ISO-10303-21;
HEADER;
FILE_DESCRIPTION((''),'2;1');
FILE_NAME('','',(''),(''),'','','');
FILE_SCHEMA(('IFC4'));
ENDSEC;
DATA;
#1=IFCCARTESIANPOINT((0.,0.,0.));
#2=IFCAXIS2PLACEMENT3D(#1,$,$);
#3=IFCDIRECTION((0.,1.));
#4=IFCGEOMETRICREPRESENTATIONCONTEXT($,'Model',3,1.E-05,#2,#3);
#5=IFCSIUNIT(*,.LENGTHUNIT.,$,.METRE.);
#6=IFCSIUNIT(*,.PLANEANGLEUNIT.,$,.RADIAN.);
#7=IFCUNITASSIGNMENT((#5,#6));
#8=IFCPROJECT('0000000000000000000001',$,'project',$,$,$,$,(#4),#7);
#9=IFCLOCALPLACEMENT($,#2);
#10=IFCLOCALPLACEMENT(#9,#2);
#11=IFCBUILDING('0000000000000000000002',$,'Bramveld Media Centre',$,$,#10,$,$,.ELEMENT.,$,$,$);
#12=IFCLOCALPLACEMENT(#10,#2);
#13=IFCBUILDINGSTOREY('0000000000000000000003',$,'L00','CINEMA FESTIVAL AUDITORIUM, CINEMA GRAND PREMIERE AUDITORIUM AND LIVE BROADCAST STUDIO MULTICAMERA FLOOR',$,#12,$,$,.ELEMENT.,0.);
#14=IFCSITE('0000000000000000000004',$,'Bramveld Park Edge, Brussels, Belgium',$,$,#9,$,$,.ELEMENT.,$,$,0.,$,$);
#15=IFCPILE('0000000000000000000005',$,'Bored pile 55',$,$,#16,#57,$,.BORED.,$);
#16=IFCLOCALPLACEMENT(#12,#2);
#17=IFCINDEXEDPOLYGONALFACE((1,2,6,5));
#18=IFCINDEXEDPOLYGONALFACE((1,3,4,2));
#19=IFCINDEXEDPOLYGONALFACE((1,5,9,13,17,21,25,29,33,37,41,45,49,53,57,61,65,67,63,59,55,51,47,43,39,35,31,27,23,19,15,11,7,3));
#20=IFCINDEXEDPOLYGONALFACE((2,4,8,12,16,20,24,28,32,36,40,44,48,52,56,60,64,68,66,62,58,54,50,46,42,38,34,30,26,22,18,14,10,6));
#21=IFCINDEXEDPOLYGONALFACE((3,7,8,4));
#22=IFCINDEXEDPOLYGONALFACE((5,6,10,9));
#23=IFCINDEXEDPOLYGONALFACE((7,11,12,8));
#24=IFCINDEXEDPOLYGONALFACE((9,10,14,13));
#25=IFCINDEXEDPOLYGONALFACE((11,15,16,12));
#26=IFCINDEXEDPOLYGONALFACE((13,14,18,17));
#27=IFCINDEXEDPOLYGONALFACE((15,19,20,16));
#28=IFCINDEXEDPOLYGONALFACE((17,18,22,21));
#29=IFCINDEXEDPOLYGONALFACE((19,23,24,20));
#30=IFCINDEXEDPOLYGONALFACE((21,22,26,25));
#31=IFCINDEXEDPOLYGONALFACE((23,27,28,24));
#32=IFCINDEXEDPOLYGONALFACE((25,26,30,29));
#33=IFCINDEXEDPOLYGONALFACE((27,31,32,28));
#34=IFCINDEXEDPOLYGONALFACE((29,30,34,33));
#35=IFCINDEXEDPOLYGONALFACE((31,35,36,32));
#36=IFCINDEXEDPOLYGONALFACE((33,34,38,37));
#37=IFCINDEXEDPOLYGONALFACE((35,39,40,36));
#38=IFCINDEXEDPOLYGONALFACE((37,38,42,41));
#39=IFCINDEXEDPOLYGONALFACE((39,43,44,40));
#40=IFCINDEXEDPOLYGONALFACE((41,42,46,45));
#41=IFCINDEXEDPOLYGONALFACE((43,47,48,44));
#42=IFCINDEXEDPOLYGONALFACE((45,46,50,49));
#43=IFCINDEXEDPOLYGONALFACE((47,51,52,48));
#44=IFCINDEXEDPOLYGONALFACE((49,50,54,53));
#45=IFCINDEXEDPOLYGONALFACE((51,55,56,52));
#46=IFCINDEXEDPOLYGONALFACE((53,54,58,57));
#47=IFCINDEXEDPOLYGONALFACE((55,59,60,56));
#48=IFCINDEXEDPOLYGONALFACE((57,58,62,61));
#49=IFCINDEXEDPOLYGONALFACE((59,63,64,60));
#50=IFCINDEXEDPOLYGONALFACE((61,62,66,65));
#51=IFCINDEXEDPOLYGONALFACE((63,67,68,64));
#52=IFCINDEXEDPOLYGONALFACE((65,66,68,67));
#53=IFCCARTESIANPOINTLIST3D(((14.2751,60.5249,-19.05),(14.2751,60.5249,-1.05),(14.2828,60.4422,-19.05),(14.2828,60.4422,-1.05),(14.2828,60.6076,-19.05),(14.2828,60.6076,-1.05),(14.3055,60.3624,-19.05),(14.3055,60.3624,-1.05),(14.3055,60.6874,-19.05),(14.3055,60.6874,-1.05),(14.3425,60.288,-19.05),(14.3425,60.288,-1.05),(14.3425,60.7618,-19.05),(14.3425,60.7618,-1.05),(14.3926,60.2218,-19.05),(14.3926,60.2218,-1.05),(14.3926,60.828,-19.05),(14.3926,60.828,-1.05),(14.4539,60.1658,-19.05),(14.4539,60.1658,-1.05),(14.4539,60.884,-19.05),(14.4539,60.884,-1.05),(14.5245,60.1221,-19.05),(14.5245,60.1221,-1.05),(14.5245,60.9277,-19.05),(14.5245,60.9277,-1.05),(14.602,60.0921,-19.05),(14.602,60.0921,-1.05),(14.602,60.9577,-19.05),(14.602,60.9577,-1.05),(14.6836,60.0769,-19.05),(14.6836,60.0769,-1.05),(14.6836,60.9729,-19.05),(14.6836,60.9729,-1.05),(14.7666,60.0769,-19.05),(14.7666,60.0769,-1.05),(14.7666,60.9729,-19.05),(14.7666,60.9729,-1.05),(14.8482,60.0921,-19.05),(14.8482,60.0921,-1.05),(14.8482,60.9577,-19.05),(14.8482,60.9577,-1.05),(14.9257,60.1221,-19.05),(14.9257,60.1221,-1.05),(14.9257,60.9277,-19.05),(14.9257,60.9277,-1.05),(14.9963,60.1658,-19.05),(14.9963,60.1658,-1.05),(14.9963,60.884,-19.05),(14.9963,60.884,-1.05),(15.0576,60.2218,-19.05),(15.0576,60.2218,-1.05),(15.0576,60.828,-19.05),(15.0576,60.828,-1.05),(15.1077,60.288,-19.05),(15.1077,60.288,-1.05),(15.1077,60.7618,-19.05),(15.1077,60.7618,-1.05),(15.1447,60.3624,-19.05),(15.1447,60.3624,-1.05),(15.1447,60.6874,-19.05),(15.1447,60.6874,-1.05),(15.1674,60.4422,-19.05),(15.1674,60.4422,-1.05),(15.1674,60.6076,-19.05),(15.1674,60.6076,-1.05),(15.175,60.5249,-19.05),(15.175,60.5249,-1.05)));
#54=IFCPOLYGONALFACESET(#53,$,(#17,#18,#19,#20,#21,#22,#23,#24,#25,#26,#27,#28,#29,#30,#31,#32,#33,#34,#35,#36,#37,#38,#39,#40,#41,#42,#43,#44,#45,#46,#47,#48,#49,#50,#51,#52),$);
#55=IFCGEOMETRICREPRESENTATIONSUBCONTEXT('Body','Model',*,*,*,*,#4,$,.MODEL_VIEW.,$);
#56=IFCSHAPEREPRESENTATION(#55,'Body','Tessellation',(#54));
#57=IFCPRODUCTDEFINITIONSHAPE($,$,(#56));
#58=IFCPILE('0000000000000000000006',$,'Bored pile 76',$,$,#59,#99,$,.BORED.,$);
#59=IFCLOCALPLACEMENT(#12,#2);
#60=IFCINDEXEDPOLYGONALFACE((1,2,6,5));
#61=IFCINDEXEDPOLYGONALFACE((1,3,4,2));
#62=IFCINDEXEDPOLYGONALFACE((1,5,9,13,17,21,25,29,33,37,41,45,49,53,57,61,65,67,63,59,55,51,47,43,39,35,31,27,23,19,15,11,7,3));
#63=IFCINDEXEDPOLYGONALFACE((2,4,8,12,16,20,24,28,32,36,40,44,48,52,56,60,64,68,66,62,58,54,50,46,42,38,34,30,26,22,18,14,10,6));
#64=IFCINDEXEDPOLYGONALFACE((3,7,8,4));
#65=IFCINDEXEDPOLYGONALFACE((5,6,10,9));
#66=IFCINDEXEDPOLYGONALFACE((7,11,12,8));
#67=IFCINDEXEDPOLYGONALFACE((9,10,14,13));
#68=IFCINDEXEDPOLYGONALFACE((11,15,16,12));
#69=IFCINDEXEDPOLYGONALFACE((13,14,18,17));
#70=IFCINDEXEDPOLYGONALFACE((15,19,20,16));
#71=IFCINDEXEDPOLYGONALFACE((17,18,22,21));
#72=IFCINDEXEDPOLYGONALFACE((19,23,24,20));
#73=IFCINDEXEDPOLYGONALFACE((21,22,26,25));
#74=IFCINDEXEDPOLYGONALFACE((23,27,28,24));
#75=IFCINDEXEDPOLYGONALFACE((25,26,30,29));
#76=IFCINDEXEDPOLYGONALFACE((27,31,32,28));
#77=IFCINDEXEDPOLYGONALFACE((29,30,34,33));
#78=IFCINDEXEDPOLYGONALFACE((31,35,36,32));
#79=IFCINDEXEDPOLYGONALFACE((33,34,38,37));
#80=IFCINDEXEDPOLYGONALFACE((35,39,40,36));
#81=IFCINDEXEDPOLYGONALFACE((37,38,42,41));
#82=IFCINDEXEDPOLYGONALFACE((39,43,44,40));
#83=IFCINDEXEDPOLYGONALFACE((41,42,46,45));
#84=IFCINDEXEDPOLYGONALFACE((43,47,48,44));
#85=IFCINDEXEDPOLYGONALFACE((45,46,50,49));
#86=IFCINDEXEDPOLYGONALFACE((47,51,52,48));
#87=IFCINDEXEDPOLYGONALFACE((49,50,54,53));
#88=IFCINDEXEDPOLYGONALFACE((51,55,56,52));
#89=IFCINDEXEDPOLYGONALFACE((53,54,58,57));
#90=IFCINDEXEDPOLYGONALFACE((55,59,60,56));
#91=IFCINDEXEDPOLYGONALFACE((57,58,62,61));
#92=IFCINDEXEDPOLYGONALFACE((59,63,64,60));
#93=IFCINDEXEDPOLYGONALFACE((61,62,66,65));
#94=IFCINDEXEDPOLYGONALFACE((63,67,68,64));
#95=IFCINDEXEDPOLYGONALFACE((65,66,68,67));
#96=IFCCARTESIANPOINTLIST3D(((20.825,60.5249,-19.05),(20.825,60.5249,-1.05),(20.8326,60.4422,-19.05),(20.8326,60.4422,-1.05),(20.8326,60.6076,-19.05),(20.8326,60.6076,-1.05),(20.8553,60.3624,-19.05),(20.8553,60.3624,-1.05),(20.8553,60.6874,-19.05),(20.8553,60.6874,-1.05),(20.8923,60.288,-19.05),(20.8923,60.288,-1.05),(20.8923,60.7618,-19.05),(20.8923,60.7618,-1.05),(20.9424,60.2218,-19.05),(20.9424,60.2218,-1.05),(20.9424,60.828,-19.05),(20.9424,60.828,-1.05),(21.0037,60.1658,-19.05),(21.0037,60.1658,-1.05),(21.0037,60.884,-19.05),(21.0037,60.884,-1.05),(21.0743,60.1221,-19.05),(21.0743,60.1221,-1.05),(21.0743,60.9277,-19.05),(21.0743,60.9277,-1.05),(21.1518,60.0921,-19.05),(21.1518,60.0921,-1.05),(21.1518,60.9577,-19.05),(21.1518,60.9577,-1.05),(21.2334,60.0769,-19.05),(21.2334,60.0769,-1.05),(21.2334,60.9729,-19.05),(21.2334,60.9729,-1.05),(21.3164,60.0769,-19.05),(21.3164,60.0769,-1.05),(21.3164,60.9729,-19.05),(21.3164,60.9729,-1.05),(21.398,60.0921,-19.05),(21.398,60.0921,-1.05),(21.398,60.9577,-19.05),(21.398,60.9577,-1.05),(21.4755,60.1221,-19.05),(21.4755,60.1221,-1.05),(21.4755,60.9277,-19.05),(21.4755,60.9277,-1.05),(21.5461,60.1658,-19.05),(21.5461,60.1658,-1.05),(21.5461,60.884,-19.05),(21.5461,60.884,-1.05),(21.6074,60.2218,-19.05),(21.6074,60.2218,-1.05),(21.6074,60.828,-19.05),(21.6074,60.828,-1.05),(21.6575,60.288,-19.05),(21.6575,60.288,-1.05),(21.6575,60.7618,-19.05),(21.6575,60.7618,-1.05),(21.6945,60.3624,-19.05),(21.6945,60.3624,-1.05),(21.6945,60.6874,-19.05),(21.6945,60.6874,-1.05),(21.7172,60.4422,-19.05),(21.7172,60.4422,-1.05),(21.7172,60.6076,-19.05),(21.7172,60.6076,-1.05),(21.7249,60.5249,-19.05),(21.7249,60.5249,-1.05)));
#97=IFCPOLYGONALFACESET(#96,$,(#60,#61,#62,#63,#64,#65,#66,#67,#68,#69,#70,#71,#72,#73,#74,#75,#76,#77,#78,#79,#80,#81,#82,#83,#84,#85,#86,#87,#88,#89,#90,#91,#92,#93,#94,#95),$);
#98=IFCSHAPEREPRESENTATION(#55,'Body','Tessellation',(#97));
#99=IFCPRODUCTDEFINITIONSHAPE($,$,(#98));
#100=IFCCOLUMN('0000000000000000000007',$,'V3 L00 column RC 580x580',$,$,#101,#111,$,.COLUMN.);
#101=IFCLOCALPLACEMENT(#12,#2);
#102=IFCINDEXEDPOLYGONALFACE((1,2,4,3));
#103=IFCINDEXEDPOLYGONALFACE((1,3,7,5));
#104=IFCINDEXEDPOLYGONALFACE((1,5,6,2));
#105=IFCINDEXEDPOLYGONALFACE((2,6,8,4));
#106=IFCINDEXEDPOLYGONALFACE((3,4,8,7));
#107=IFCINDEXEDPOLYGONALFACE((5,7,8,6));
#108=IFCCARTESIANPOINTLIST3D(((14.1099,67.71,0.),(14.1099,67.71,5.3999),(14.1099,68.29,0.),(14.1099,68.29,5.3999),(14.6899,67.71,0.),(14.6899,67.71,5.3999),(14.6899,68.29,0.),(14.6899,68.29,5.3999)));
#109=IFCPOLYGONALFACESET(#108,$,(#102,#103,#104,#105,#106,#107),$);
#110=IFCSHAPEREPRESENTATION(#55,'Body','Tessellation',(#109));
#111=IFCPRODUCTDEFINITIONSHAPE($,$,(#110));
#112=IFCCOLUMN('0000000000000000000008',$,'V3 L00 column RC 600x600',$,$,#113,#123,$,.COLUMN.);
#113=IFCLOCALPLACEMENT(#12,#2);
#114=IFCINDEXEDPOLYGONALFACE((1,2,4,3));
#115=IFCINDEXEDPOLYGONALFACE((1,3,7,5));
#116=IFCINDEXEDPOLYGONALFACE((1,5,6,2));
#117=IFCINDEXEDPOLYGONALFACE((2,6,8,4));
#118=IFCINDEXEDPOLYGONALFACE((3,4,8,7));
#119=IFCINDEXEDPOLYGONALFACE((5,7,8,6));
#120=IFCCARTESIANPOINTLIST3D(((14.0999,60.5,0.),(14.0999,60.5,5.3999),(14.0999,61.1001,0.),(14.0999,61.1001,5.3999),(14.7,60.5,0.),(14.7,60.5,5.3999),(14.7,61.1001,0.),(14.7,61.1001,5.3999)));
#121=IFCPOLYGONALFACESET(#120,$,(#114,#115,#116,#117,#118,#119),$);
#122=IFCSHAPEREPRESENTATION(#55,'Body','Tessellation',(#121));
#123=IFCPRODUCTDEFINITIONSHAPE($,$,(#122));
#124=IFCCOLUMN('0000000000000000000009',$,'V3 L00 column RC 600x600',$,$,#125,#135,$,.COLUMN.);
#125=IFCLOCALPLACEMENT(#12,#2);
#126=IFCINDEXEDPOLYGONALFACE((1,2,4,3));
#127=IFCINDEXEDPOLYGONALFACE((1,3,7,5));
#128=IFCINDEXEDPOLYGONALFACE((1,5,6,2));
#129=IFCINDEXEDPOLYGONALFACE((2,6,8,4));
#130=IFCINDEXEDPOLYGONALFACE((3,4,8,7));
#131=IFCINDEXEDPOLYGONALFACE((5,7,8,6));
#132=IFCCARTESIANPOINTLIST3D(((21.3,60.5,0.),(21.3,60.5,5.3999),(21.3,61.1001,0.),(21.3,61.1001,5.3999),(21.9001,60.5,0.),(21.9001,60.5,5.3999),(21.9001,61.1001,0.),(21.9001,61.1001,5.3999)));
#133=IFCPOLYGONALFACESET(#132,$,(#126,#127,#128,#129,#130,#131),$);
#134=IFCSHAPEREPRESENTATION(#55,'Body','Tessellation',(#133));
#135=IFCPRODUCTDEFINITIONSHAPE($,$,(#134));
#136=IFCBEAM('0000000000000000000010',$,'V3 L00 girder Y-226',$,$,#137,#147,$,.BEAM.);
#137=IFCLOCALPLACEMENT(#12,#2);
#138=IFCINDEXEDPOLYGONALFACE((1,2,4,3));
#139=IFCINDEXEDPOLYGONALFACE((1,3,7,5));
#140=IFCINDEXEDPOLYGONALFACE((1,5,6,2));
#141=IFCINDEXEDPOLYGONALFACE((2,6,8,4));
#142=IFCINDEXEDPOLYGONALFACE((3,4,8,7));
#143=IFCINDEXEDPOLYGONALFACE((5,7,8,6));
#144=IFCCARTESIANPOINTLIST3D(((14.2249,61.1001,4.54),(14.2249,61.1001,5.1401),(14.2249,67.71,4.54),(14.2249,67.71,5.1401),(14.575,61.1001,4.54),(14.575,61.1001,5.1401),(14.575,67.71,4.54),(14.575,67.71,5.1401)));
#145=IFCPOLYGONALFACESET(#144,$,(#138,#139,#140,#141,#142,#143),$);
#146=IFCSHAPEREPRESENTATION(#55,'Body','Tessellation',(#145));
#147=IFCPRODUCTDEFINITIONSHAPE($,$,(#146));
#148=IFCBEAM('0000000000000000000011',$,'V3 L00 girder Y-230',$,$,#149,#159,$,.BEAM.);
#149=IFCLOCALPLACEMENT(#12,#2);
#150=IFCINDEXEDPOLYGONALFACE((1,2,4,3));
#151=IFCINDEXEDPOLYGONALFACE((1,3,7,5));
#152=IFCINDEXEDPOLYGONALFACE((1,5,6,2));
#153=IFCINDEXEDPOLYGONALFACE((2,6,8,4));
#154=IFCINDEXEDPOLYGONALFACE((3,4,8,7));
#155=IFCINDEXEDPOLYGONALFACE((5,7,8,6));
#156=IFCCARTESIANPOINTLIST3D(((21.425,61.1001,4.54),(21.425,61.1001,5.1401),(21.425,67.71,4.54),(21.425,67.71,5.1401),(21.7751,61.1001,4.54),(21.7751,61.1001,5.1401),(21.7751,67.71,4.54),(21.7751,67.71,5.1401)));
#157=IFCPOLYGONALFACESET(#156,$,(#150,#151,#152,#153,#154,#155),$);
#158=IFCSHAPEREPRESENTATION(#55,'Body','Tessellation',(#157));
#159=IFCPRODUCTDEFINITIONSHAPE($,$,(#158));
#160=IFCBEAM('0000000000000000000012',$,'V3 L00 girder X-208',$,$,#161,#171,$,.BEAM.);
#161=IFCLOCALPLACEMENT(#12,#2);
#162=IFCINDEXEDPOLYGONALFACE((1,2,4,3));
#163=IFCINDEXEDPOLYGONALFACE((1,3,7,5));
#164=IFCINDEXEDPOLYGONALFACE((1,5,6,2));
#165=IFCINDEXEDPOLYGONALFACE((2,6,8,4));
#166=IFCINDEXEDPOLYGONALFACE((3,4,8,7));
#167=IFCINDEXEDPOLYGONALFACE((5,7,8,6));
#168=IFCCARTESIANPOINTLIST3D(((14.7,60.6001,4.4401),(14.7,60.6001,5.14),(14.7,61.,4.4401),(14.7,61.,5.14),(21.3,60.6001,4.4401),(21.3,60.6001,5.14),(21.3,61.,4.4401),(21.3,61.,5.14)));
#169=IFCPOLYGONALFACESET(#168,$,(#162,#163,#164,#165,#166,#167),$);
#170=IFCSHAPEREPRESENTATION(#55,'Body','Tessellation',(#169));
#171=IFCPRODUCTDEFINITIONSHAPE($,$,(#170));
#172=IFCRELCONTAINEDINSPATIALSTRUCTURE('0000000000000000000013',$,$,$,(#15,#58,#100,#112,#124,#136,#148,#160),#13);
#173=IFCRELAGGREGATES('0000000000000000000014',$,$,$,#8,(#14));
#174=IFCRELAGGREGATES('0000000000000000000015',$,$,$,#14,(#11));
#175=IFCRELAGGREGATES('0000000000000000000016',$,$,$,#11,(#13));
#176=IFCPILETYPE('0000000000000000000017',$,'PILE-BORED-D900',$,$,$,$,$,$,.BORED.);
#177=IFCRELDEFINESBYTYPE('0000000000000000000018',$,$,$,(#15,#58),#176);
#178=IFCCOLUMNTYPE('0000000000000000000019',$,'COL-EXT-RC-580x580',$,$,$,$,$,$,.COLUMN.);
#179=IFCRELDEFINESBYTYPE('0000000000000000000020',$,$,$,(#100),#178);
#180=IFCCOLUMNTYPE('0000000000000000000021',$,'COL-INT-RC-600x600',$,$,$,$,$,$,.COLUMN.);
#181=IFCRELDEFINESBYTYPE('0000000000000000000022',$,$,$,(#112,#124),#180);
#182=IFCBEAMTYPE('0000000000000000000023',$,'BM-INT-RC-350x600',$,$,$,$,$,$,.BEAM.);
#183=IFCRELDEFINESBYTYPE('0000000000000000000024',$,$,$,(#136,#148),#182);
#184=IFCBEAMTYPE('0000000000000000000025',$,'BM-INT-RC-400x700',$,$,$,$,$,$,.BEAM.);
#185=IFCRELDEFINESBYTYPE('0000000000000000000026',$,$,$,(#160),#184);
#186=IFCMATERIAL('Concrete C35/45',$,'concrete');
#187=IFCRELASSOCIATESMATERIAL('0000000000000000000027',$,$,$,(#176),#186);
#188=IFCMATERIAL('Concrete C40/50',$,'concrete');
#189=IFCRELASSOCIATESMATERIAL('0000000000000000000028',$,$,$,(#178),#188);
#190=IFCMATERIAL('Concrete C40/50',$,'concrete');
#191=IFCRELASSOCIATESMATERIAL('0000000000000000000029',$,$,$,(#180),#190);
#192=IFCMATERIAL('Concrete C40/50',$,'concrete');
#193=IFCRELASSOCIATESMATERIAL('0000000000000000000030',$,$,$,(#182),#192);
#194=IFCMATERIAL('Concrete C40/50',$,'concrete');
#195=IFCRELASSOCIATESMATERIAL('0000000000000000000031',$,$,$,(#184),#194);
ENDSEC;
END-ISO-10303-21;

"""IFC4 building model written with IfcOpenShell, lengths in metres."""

from ifc_helpers import new_model, si_unit, direction, frame, origin, origin_2d, place, context, subcontext, project, spatial, rectangle, circle, extrude, material, material_profile, profile_set, type_object, element, save


model = new_model("IFC4")

# Units and contexts
model_context = context("Model", 3, precision=1e-05, world=origin(), true_north=direction((0.0, 1.0)))
body_context = subcontext(model_context, "Body", "Model", "MODEL_VIEW")
ifc_project = project(units=[si_unit("LENGTHUNIT", "METRE"), si_unit("PLANEANGLEUNIT", "RADIAN")], contexts=[model_context])

# Site, building, storey
site_placement = place(None, origin())
site = spatial("IfcSite", under=ifc_project, at=site_placement, Name="Bramveld Park Edge, Brussels, Belgium", CompositionType="ELEMENT", RefElevation=0.0)
building_placement = place(site_placement, origin())
building = spatial("IfcBuilding", under=site, at=building_placement, Name="Bramveld Media Centre", CompositionType="ELEMENT")
storey_placement = place(building_placement, origin())
storey = spatial("IfcBuildingStorey", under=building, at=storey_placement, Name="L00", Description="CINEMA FESTIVAL AUDITORIUM, CINEMA GRAND PREMIERE AUDITORIUM AND LIVE BROADCAST STUDIO MULTICAMERA FLOOR", CompositionType="ELEMENT", Elevation=0.0)

# Piles
ifc_material_1 = material(Name="Concrete C35/45", Category="concrete")
ifc_material_profile_1 = material_profile(ifc_material_1, circle(Radius=0.45, at=origin_2d()), Name="BORED D900")
ifc_profile_set_1 = profile_set([ifc_material_profile_1], Name="Concrete C35/45")
pile_type_1 = type_object("IfcPileType", Name="PILE-BORED-D900", PredefinedType="BORED", material=ifc_profile_set_1)
for number, where, z_axis, x_axis, name in (
    (1, (14.7251, 60.5249, -1.05), (0.0, 0.0, -1.0), (1.0, 0.0, 0.0), "Bored pile 55"),
    (2, (21.2749, 60.5249, -1.05), (0.0, 0.0, -1.0), (1.0, 0.0, 0.0), "Bored pile 76"),
):
    element("IfcPile", number, at=place(storey_placement, frame(where, z_axis=z_axis, x_axis=x_axis)), inside=storey, type_object=pile_type_1, Name=name, PredefinedType="BORED", context=body_context, shape_type="SweptSolid", body=[
        extrude(circle(Radius=0.45, at=origin_2d()), origin(), (0.0, 0.0, 1.0), 18.0),
    ])

# Columns
ifc_material_2 = material(Name="Concrete C40/50", Category="concrete")
ifc_material_profile_2 = material_profile(ifc_material_2, rectangle(XDim=0.5801, YDim=0.5801, at=origin_2d()), Name="RC 580x580")
ifc_profile_set_2 = profile_set([ifc_material_profile_2], Name="Concrete C40/50")
column_type_1 = type_object("IfcColumnType", Name="COL-EXT-RC-580x580", PredefinedType="COLUMN", material=ifc_profile_set_2)
column_placement = place(storey_placement, frame((14.3999, 68.0, 0.0), z_axis=(0.0, 0.0, 1.0), x_axis=(1.0, 0.0, 0.0)))
element("IfcColumn", 3, at=column_placement, inside=storey, type_object=column_type_1, Name="V3 L00 column RC 580x580", PredefinedType="COLUMN", context=body_context, shape_type="SweptSolid", body=[
    extrude(rectangle(XDim=0.5801, YDim=0.5801, at=origin_2d()), origin(), (0.0, 0.0, 1.0), 5.3999),
])
ifc_material_3 = material(Name="Concrete C40/50", Category="concrete")
ifc_material_profile_3 = material_profile(ifc_material_3, rectangle(XDim=0.6001, YDim=0.6001, at=origin_2d()), Name="RC 600x600")
ifc_profile_set_3 = profile_set([ifc_material_profile_3], Name="Concrete C40/50")
column_type_2 = type_object("IfcColumnType", Name="COL-INT-RC-600x600", PredefinedType="COLUMN", material=ifc_profile_set_3)
for number, where, z_axis, x_axis, name in (
    (4, (14.3999, 60.8, 0.0), (0.0, 0.0, 1.0), (1.0, 0.0, 0.0), "V3 L00 column RC 600x600"),
    (5, (21.6001, 60.8, 0.0), (0.0, 0.0, 1.0), (1.0, 0.0, 0.0), "V3 L00 column RC 600x600"),
):
    element("IfcColumn", number, at=place(storey_placement, frame(where, z_axis=z_axis, x_axis=x_axis)), inside=storey, type_object=column_type_2, Name=name, PredefinedType="COLUMN", context=body_context, shape_type="SweptSolid", body=[
        extrude(rectangle(XDim=0.6001, YDim=0.6001, at=origin_2d()), origin(), (0.0, 0.0, 1.0), 5.3999),
    ])

# Beams
ifc_material_4 = material(Name="Concrete C40/50", Category="concrete")
ifc_material_profile_4 = material_profile(ifc_material_4, rectangle(XDim=0.3501, YDim=0.6001, at=origin_2d()), Name="RC 350x600")
ifc_profile_set_4 = profile_set([ifc_material_profile_4], Name="Concrete C40/50")
beam_type_1 = type_object("IfcBeamType", Name="BM-INT-RC-350x600", PredefinedType="BEAM", material=ifc_profile_set_4)
for number, where, z_axis, x_axis, name in (
    (6, (14.3999, 61.1001, 4.8401), (0.0, 1.0, 0.0), (-1.0, 0.0, 0.0), "V3 L00 girder Y-226"),
    (7, (21.6001, 61.1001, 4.8401), (0.0, 1.0, 0.0), (-1.0, 0.0, 0.0), "V3 L00 girder Y-230"),
):
    element("IfcBeam", number, at=place(storey_placement, frame(where, z_axis=z_axis, x_axis=x_axis)), inside=storey, type_object=beam_type_1, Name=name, PredefinedType="BEAM", context=body_context, shape_type="SweptSolid", body=[
        extrude(rectangle(XDim=0.3501, YDim=0.6001, at=origin_2d()), origin(), (0.0, 0.0, 1.0), 6.6099),
    ])
ifc_material_5 = material(Name="Concrete C40/50", Category="concrete")
ifc_material_profile_5 = material_profile(ifc_material_5, rectangle(XDim=0.3999, YDim=0.7, at=origin_2d()), Name="RC 400x700")
ifc_profile_set_5 = profile_set([ifc_material_profile_5], Name="Concrete C40/50")
beam_type_2 = type_object("IfcBeamType", Name="BM-INT-RC-400x700", PredefinedType="BEAM", material=ifc_profile_set_5)
beam_1_placement = place(storey_placement, frame((14.7, 60.8, 4.79), z_axis=(1.0, 0.0, 0.0), x_axis=(0.0, 1.0, 0.0)))
element("IfcBeam", 8, at=beam_1_placement, inside=storey, type_object=beam_type_2, Name="V3 L00 girder X-208", PredefinedType="BEAM", context=body_context, shape_type="SweptSolid", body=[
    extrude(rectangle(XDim=0.3999, YDim=0.7, at=origin_2d()), origin(), (0.0, 0.0, 1.0), 6.6001),
])

save(model, "model.ifc")
